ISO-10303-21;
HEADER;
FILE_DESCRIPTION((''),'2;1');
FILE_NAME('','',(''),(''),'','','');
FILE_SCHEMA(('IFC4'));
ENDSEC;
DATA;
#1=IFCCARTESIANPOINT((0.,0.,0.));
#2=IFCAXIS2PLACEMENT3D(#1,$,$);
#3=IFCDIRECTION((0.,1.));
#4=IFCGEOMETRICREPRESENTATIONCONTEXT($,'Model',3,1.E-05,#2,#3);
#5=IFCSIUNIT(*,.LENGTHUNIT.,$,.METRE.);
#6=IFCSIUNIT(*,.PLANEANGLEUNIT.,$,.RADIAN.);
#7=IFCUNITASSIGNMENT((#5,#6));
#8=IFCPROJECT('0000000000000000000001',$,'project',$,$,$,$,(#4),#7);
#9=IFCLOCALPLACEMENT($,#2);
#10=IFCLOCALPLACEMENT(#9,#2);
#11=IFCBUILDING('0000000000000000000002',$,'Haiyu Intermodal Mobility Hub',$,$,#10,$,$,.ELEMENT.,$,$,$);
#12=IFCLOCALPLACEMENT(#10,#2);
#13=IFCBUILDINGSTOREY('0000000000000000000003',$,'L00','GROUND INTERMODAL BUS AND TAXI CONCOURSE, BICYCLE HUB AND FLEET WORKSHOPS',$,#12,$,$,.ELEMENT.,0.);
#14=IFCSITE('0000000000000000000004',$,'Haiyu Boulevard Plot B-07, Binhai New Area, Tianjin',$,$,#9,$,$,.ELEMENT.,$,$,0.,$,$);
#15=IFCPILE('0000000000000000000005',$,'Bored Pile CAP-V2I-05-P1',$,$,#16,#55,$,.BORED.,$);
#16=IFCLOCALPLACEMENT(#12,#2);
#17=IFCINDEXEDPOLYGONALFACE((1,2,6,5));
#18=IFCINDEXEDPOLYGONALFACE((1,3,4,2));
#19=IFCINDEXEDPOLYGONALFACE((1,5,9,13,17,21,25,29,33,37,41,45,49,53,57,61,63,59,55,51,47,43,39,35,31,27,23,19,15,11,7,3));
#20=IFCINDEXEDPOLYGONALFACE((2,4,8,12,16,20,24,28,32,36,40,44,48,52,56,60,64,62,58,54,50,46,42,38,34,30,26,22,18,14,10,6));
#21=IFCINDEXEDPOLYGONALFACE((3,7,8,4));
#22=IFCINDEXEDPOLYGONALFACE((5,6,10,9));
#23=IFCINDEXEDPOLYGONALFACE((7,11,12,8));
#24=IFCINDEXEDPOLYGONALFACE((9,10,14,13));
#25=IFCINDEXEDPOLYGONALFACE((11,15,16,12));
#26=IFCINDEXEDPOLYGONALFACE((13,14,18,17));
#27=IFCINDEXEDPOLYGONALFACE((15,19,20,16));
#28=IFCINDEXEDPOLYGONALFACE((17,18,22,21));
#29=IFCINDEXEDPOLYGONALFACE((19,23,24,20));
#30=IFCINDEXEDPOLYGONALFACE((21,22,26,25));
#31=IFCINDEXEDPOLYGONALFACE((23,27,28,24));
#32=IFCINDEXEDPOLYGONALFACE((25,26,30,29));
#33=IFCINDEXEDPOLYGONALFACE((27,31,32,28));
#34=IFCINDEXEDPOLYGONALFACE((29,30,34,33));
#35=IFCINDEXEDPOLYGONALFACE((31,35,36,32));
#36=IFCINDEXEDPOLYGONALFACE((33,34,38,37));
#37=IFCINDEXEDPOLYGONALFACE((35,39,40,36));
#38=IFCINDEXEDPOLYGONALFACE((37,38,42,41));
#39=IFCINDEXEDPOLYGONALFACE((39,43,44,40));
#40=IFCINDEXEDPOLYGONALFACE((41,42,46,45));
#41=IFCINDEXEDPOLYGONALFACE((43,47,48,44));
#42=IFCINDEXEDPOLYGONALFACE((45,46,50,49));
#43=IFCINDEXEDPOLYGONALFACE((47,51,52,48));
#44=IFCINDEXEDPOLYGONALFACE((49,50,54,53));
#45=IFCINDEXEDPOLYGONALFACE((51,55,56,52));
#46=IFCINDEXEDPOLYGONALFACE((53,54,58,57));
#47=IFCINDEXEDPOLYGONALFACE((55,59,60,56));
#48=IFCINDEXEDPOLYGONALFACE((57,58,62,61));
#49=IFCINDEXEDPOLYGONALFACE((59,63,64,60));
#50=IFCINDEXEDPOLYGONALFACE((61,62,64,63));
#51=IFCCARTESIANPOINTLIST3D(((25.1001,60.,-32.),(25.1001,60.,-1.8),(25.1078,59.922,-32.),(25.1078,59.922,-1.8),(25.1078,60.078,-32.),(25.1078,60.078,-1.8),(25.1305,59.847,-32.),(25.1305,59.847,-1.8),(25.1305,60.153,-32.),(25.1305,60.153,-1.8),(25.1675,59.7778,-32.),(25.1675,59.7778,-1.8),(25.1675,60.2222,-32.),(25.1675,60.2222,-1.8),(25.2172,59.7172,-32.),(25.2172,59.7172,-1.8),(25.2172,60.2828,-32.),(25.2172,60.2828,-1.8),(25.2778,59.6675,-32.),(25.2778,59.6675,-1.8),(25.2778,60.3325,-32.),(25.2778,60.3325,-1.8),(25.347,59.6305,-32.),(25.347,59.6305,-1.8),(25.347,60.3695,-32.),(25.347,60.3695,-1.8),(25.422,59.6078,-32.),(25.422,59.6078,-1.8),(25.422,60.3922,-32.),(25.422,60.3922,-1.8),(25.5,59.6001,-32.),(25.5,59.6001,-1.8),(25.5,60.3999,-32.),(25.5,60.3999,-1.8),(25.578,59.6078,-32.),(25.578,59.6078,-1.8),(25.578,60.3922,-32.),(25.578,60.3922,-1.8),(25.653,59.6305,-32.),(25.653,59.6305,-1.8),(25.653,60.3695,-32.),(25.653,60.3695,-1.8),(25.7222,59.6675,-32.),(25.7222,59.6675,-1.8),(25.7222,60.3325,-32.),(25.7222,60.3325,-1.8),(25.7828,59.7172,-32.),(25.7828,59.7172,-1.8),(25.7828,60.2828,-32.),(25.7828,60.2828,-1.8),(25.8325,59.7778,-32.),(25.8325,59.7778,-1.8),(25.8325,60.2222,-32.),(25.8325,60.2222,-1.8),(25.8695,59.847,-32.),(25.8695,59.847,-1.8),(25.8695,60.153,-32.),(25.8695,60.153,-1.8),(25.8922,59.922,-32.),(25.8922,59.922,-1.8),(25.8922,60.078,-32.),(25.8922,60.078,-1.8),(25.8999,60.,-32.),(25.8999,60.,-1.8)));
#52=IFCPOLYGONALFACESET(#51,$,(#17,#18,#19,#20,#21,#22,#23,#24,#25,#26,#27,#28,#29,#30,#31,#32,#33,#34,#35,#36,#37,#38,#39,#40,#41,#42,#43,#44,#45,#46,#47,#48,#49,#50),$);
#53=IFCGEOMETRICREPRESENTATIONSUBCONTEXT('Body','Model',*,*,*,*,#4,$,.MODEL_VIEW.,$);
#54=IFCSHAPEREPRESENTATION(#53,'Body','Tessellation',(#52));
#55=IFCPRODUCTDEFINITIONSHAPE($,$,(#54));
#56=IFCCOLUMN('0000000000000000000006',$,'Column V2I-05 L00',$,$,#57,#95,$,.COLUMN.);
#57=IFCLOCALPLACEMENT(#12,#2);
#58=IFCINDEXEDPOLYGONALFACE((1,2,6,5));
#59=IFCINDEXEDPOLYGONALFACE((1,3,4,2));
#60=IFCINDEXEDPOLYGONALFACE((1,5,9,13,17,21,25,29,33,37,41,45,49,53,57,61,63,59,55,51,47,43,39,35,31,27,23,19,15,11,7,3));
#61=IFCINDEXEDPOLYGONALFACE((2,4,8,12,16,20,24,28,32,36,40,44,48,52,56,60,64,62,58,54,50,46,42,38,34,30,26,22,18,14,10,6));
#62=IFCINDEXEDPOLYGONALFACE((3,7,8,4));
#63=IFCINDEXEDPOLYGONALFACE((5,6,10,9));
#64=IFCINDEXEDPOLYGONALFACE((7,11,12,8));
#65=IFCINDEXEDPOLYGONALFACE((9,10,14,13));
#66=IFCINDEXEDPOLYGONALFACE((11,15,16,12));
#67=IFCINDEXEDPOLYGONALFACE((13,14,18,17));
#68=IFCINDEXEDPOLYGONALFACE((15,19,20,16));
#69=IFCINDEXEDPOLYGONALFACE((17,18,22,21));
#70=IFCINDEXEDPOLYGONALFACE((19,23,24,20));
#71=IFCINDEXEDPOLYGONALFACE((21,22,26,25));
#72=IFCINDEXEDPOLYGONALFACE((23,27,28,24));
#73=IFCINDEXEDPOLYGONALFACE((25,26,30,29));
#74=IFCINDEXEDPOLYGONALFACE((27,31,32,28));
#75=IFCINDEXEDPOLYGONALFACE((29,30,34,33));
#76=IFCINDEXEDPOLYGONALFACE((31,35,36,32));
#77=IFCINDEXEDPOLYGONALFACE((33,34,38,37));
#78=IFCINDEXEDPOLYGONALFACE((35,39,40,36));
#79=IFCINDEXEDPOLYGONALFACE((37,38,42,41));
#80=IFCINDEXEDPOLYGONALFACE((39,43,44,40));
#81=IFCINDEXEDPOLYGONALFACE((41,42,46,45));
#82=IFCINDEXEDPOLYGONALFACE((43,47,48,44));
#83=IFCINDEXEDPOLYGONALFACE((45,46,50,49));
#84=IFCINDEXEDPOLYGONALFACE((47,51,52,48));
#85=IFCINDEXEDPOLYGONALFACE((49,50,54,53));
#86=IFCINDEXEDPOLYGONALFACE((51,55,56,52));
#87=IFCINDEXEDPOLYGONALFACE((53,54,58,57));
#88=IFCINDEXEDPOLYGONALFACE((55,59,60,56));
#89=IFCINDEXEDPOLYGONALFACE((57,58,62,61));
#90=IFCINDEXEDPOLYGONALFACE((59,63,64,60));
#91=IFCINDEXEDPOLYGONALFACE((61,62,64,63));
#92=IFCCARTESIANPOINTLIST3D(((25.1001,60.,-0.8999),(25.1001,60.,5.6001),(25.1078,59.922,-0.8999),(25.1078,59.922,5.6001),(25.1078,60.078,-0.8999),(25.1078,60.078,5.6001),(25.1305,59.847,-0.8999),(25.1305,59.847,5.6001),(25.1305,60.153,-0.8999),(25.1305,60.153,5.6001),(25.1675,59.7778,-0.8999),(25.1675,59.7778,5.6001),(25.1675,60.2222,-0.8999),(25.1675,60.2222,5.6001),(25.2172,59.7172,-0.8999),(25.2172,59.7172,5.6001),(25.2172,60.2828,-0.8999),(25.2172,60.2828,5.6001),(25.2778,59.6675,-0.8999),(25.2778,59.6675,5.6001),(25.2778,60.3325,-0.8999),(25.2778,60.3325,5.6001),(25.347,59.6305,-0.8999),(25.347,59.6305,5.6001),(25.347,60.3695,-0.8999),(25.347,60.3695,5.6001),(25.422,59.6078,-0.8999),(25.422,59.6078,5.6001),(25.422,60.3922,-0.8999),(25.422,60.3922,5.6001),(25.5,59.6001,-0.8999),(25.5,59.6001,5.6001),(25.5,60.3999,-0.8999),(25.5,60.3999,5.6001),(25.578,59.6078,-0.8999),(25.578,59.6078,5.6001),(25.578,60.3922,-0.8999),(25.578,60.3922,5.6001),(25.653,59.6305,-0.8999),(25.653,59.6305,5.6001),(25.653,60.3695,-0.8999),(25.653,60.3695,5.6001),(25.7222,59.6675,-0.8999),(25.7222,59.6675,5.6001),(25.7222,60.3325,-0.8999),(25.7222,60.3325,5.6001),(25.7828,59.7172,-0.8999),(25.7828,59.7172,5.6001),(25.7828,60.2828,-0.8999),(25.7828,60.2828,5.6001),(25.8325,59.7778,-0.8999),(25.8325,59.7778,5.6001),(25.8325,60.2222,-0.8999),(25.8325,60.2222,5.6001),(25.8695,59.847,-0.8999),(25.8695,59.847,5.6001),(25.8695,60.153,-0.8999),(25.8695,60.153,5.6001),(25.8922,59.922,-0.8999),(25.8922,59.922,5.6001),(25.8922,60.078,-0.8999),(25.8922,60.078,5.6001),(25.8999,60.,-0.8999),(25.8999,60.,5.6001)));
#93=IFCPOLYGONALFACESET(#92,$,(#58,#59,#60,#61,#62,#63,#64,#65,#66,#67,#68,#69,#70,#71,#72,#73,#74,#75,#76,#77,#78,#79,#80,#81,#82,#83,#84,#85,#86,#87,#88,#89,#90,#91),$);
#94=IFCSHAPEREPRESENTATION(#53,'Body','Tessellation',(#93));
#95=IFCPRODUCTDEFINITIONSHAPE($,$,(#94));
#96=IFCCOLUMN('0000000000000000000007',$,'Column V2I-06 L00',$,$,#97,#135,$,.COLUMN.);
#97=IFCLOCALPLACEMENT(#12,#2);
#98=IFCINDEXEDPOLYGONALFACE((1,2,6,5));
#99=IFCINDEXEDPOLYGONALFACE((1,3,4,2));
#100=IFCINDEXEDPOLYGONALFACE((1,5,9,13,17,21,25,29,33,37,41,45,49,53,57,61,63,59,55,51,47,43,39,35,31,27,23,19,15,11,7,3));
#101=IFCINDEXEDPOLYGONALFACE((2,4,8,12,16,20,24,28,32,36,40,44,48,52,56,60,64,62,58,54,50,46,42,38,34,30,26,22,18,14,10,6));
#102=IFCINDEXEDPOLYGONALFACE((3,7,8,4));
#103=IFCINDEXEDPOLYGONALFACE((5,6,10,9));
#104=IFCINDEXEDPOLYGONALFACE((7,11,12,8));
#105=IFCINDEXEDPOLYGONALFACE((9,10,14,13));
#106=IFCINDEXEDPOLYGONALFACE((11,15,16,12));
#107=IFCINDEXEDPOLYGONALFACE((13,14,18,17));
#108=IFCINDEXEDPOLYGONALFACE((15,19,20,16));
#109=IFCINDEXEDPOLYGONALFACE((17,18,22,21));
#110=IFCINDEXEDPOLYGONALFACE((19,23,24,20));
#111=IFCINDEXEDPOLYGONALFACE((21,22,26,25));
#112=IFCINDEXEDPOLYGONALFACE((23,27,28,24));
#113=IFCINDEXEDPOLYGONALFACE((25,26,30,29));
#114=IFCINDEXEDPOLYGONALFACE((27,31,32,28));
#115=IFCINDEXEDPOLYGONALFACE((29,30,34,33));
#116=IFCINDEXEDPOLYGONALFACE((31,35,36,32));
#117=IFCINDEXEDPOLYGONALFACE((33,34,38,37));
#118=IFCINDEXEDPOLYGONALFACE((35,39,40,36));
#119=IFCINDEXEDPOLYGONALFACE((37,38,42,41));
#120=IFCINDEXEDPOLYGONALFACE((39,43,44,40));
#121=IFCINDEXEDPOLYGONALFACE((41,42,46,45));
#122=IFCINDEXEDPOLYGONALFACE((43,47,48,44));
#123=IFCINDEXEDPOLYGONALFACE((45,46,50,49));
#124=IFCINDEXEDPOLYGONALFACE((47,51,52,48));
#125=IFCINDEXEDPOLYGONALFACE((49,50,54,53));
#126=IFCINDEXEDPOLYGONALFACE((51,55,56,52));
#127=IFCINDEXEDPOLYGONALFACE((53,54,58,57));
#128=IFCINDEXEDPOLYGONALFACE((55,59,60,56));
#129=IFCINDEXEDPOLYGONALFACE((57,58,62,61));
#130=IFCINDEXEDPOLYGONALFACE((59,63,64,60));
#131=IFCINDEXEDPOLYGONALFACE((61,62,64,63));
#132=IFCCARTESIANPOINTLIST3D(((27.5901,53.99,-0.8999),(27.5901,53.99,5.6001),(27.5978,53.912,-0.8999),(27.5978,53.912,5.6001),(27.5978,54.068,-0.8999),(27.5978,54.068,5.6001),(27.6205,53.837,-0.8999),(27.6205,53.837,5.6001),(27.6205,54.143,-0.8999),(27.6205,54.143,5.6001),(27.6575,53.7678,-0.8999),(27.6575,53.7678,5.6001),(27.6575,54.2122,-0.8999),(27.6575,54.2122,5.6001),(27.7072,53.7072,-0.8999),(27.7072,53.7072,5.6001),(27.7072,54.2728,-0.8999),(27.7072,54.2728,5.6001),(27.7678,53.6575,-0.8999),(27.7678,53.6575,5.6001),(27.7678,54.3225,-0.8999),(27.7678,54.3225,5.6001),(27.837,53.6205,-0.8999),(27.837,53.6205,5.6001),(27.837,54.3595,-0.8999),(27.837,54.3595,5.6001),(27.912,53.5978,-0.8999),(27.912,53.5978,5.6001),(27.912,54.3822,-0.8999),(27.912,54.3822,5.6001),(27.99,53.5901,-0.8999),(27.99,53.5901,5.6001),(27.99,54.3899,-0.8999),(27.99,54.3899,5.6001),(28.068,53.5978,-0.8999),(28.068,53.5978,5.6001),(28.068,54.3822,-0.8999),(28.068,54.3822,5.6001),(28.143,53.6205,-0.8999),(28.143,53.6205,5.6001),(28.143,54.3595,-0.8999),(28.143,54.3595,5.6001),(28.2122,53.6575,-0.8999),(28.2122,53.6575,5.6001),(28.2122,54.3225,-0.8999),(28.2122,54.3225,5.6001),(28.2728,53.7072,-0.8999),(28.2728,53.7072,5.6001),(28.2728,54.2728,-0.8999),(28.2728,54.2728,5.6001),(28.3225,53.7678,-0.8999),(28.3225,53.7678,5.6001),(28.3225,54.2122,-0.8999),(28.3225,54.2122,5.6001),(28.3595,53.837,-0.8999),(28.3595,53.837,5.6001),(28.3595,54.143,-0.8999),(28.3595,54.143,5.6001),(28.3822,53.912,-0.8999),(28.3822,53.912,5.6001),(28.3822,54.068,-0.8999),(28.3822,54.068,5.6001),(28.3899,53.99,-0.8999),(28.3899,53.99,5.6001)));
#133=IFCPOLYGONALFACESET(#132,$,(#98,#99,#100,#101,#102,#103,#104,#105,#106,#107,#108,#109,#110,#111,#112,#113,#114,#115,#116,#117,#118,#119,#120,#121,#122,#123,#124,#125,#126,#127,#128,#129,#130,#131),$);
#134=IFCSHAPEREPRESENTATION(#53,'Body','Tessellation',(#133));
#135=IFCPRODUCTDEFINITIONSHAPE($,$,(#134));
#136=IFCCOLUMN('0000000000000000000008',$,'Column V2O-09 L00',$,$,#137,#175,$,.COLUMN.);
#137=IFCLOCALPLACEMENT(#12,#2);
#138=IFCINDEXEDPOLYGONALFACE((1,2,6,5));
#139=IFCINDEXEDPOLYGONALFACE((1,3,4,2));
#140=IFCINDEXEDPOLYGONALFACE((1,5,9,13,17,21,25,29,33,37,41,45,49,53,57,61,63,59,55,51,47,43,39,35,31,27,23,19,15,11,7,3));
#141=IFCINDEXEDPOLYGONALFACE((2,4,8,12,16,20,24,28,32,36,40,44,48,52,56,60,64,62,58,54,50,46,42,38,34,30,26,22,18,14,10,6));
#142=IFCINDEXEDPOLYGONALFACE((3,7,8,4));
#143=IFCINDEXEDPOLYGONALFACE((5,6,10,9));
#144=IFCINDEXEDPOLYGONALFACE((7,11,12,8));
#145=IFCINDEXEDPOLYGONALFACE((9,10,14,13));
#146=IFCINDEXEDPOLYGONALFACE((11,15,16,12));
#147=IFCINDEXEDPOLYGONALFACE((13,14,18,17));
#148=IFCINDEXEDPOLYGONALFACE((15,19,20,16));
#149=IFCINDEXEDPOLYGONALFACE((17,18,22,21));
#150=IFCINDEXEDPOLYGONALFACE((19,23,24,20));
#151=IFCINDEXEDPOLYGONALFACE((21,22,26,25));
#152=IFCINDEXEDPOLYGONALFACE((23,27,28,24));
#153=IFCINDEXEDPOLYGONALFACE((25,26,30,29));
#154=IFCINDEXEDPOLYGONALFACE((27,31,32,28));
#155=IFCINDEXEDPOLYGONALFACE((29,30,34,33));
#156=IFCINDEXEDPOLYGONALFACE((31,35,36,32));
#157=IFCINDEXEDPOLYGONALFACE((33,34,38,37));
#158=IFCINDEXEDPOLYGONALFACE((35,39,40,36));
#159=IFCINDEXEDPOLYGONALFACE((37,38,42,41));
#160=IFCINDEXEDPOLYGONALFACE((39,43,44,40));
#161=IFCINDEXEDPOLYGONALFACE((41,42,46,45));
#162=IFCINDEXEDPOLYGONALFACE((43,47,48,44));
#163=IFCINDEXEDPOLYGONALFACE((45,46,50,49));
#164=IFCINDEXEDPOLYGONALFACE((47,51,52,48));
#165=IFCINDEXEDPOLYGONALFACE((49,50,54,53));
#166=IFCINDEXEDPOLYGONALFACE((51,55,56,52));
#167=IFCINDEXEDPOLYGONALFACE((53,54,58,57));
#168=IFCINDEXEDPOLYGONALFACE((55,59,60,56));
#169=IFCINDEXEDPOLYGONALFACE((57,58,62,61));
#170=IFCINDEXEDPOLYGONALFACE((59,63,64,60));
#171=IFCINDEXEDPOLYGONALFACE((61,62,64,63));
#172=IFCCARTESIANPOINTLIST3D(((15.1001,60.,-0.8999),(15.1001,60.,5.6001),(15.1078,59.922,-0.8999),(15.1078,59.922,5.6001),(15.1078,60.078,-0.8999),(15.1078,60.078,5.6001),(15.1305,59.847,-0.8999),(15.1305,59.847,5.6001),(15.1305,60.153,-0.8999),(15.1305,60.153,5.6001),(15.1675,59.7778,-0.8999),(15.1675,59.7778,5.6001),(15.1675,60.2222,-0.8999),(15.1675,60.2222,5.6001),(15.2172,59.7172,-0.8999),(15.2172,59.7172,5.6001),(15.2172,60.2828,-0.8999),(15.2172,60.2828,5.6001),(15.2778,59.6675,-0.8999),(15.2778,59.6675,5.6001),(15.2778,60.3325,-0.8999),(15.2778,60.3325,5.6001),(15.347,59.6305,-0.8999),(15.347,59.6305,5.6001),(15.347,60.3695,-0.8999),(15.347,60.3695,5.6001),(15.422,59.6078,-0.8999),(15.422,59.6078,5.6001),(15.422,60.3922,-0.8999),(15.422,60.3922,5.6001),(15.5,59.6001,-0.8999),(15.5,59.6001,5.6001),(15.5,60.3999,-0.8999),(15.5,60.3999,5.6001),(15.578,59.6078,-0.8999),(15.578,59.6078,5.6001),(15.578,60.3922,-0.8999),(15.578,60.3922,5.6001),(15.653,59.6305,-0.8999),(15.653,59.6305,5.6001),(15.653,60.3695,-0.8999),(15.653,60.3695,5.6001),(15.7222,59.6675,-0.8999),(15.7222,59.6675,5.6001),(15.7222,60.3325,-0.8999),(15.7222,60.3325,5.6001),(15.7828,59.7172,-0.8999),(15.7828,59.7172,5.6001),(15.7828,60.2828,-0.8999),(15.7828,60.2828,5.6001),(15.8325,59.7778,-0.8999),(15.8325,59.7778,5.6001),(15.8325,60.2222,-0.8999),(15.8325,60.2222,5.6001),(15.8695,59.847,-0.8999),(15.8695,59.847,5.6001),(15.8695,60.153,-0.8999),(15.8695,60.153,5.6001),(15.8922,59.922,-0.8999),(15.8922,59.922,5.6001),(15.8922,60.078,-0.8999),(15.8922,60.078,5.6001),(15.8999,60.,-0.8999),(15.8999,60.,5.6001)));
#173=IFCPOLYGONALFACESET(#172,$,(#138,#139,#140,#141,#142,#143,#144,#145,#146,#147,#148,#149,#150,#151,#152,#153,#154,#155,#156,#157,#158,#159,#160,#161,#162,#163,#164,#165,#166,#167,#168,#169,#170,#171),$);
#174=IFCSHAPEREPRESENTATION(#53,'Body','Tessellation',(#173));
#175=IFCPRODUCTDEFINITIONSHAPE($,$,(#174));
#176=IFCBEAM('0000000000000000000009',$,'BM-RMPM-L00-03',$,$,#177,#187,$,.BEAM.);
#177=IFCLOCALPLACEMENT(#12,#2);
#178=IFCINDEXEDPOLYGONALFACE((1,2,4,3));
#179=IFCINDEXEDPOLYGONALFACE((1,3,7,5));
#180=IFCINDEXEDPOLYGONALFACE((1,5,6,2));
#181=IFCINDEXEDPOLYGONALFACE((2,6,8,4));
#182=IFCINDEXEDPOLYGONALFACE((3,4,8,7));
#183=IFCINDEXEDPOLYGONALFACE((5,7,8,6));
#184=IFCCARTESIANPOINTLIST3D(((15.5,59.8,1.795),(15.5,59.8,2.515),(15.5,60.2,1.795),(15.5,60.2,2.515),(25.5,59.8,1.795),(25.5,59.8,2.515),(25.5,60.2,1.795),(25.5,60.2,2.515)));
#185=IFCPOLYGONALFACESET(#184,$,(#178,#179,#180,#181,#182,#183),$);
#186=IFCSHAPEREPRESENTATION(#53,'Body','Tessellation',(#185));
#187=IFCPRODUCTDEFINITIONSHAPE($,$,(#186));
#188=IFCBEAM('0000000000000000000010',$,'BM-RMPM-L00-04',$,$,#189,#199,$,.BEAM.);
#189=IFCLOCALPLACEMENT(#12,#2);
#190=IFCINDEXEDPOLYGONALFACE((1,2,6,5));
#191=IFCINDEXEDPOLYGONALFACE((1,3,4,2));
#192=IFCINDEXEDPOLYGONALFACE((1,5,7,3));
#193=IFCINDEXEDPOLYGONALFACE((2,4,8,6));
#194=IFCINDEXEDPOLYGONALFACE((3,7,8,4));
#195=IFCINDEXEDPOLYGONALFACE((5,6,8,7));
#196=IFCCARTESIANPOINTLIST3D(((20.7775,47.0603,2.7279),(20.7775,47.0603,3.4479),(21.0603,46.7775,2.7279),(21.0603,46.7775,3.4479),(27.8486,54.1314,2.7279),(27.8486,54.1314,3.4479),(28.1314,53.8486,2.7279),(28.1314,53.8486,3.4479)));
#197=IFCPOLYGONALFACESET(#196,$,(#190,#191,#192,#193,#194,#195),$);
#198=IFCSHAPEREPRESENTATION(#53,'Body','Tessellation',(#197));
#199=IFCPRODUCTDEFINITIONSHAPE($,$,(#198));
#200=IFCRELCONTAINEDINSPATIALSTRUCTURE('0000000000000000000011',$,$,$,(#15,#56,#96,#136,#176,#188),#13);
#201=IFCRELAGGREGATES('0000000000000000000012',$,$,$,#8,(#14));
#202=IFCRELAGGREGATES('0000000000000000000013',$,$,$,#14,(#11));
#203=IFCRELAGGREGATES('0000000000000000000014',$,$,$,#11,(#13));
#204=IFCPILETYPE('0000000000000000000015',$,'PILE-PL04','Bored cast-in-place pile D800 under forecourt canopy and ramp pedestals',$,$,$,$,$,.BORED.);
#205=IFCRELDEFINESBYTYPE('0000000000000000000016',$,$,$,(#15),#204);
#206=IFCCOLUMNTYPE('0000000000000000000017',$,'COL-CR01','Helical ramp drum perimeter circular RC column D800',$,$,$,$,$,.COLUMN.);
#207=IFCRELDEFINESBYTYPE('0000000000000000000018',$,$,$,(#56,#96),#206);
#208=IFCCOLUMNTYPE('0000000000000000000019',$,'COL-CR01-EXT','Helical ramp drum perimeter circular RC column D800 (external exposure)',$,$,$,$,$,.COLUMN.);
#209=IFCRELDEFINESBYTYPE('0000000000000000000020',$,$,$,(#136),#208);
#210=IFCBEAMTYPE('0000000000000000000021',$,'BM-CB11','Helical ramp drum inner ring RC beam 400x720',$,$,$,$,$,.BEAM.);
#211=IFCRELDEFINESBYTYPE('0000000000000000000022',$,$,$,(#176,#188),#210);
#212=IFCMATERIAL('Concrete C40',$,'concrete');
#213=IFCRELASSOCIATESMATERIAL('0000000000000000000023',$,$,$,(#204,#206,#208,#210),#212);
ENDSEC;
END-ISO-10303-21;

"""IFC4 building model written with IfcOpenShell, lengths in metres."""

from ifc_helpers import new_model, si_unit, direction, frame, origin, origin_2d, place, context, subcontext, project, spatial, rectangle, circle, extrude, material, material_profile, profile_set, type_object, element, save


model = new_model("IFC4")

# Units and contexts
model_context = context("Model", 3, precision=1e-05, world=origin(), true_north=direction((0.0, 1.0)))
body_context = subcontext(model_context, "Body", "Model", "MODEL_VIEW")
ifc_project = project(units=[si_unit("LENGTHUNIT", "METRE"), si_unit("PLANEANGLEUNIT", "RADIAN")], contexts=[model_context])

# Site, building, storey
site_placement = place(None, origin())
site = spatial("IfcSite", under=ifc_project, at=site_placement, Name="Haiyu Boulevard Plot B-07, Binhai New Area, Tianjin", CompositionType="ELEMENT", RefElevation=0.0)
building_placement = place(site_placement, origin())
building = spatial("IfcBuilding", under=site, at=building_placement, Name="Haiyu Intermodal Mobility Hub", CompositionType="ELEMENT")
storey_placement = place(building_placement, origin())
storey = spatial("IfcBuildingStorey", under=building, at=storey_placement, Name="L00", Description="GROUND INTERMODAL BUS AND TAXI CONCOURSE, BICYCLE HUB AND FLEET WORKSHOPS", CompositionType="ELEMENT", Elevation=0.0)

# Shared definitions
ifc_material_1 = material(Name="Concrete C40", Category="concrete")

# Pile
ifc_material_profile_1 = material_profile(ifc_material_1, circle(Radius=0.3999, at=origin_2d()), Name="PILE-D800")
ifc_profile_set_1 = profile_set([ifc_material_profile_1], Name="Concrete C40")
pile_type = type_object("IfcPileType", Name="PILE-PL04", Description="Bored cast-in-place pile D800 under forecourt canopy and ramp pedestals", PredefinedType="BORED", material=ifc_profile_set_1)
for number, where, z_axis, x_axis, name in (
    (1, (25.5, 60.0, -1.8), (0.0, 0.0, -1.0), (1.0, 0.0, 0.0), "Bored Pile CAP-V2I-05-P1"),
):
    element("IfcPile", number, at=place(storey_placement, frame(where, z_axis=z_axis, x_axis=x_axis)), inside=storey, type_object=pile_type, Name=name, PredefinedType="BORED", context=body_context, shape_type="SweptSolid", body=[
        extrude(circle(Radius=0.3999, at=origin_2d()), origin(), (0.0, 0.0, 1.0), 30.2),
    ])

# Columns
ifc_material_profile_2 = material_profile(ifc_material_1, circle(Radius=0.3999, at=origin_2d()), Name="RCCOL-D800")
ifc_profile_set_2 = profile_set([ifc_material_profile_2], Name="Concrete C40")
column_type_1 = type_object("IfcColumnType", Name="COL-CR01", Description="Helical ramp drum perimeter circular RC column D800", PredefinedType="COLUMN", material=ifc_profile_set_2)
for number, where, z_axis, x_axis, name in (
    (2, (25.5, 60.0, -0.8999), (0.0, 0.0, 1.0), (1.0, 0.0, 0.0), "Column V2I-05 L00"),
    (3, (27.99, 53.99, -0.8999), (0.0, 0.0, 1.0), (1.0, 0.0, 0.0), "Column V2I-06 L00"),
):
    element("IfcColumn", number, at=place(storey_placement, frame(where, z_axis=z_axis, x_axis=x_axis)), inside=storey, type_object=column_type_1, Name=name, PredefinedType="COLUMN", context=body_context, shape_type="SweptSolid", body=[
        extrude(circle(Radius=0.3999, at=origin_2d()), origin(), (0.0, 0.0, 1.0), 6.5),
    ])
ifc_material_profile_3 = material_profile(ifc_material_1, circle(Radius=0.3999, at=origin_2d()), Name="RCCOL-D800")
ifc_profile_set_3 = profile_set([ifc_material_profile_3], Name="Concrete C40")
column_type_2 = type_object("IfcColumnType", Name="COL-CR01-EXT", Description="Helical ramp drum perimeter circular RC column D800 (external exposure)", PredefinedType="COLUMN", material=ifc_profile_set_3)
column_placement = place(storey_placement, frame((15.5, 60.0, -0.8999), z_axis=(0.0, 0.0, 1.0), x_axis=(1.0, 0.0, 0.0)))
element("IfcColumn", 4, at=column_placement, inside=storey, type_object=column_type_2, Name="Column V2O-09 L00", PredefinedType="COLUMN", context=body_context, shape_type="SweptSolid", body=[
    extrude(circle(Radius=0.3999, at=origin_2d()), origin(), (0.0, 0.0, 1.0), 6.5),
])

# Beams
ifc_material_profile_4 = material_profile(ifc_material_1, rectangle(XDim=0.3999, YDim=0.72, at=origin_2d()), Name="RCB400x720")
ifc_profile_set_4 = profile_set([ifc_material_profile_4], Name="Concrete C40")
beam_type = type_object("IfcBeamType", Name="BM-CB11", Description="Helical ramp drum inner ring RC beam 400x720", PredefinedType="BEAM", material=ifc_profile_set_4)
for number, where, z_axis, x_axis, name in (
    (5, (25.5, 60.0, 2.155), (-1.0, 0.0, 0.0), (0.0, -1.0, 0.0), "BM-RMPM-L00-03"),
    (6, (27.99, 53.99, 3.0879), (-0.707107, -0.707107, 0.0), (0.707107, -0.707107, 0.0), "BM-RMPM-L00-04"),
):
    element("IfcBeam", number, at=place(storey_placement, frame(where, z_axis=z_axis, x_axis=x_axis)), inside=storey, type_object=beam_type, Name=name, PredefinedType="BEAM", context=body_context, shape_type="SweptSolid", body=[
        extrude(rectangle(XDim=0.3999, YDim=0.72, at=origin_2d()), origin(), (0.0, 0.0, 1.0), 10.0),
    ])

save(model, "model.ifc")
